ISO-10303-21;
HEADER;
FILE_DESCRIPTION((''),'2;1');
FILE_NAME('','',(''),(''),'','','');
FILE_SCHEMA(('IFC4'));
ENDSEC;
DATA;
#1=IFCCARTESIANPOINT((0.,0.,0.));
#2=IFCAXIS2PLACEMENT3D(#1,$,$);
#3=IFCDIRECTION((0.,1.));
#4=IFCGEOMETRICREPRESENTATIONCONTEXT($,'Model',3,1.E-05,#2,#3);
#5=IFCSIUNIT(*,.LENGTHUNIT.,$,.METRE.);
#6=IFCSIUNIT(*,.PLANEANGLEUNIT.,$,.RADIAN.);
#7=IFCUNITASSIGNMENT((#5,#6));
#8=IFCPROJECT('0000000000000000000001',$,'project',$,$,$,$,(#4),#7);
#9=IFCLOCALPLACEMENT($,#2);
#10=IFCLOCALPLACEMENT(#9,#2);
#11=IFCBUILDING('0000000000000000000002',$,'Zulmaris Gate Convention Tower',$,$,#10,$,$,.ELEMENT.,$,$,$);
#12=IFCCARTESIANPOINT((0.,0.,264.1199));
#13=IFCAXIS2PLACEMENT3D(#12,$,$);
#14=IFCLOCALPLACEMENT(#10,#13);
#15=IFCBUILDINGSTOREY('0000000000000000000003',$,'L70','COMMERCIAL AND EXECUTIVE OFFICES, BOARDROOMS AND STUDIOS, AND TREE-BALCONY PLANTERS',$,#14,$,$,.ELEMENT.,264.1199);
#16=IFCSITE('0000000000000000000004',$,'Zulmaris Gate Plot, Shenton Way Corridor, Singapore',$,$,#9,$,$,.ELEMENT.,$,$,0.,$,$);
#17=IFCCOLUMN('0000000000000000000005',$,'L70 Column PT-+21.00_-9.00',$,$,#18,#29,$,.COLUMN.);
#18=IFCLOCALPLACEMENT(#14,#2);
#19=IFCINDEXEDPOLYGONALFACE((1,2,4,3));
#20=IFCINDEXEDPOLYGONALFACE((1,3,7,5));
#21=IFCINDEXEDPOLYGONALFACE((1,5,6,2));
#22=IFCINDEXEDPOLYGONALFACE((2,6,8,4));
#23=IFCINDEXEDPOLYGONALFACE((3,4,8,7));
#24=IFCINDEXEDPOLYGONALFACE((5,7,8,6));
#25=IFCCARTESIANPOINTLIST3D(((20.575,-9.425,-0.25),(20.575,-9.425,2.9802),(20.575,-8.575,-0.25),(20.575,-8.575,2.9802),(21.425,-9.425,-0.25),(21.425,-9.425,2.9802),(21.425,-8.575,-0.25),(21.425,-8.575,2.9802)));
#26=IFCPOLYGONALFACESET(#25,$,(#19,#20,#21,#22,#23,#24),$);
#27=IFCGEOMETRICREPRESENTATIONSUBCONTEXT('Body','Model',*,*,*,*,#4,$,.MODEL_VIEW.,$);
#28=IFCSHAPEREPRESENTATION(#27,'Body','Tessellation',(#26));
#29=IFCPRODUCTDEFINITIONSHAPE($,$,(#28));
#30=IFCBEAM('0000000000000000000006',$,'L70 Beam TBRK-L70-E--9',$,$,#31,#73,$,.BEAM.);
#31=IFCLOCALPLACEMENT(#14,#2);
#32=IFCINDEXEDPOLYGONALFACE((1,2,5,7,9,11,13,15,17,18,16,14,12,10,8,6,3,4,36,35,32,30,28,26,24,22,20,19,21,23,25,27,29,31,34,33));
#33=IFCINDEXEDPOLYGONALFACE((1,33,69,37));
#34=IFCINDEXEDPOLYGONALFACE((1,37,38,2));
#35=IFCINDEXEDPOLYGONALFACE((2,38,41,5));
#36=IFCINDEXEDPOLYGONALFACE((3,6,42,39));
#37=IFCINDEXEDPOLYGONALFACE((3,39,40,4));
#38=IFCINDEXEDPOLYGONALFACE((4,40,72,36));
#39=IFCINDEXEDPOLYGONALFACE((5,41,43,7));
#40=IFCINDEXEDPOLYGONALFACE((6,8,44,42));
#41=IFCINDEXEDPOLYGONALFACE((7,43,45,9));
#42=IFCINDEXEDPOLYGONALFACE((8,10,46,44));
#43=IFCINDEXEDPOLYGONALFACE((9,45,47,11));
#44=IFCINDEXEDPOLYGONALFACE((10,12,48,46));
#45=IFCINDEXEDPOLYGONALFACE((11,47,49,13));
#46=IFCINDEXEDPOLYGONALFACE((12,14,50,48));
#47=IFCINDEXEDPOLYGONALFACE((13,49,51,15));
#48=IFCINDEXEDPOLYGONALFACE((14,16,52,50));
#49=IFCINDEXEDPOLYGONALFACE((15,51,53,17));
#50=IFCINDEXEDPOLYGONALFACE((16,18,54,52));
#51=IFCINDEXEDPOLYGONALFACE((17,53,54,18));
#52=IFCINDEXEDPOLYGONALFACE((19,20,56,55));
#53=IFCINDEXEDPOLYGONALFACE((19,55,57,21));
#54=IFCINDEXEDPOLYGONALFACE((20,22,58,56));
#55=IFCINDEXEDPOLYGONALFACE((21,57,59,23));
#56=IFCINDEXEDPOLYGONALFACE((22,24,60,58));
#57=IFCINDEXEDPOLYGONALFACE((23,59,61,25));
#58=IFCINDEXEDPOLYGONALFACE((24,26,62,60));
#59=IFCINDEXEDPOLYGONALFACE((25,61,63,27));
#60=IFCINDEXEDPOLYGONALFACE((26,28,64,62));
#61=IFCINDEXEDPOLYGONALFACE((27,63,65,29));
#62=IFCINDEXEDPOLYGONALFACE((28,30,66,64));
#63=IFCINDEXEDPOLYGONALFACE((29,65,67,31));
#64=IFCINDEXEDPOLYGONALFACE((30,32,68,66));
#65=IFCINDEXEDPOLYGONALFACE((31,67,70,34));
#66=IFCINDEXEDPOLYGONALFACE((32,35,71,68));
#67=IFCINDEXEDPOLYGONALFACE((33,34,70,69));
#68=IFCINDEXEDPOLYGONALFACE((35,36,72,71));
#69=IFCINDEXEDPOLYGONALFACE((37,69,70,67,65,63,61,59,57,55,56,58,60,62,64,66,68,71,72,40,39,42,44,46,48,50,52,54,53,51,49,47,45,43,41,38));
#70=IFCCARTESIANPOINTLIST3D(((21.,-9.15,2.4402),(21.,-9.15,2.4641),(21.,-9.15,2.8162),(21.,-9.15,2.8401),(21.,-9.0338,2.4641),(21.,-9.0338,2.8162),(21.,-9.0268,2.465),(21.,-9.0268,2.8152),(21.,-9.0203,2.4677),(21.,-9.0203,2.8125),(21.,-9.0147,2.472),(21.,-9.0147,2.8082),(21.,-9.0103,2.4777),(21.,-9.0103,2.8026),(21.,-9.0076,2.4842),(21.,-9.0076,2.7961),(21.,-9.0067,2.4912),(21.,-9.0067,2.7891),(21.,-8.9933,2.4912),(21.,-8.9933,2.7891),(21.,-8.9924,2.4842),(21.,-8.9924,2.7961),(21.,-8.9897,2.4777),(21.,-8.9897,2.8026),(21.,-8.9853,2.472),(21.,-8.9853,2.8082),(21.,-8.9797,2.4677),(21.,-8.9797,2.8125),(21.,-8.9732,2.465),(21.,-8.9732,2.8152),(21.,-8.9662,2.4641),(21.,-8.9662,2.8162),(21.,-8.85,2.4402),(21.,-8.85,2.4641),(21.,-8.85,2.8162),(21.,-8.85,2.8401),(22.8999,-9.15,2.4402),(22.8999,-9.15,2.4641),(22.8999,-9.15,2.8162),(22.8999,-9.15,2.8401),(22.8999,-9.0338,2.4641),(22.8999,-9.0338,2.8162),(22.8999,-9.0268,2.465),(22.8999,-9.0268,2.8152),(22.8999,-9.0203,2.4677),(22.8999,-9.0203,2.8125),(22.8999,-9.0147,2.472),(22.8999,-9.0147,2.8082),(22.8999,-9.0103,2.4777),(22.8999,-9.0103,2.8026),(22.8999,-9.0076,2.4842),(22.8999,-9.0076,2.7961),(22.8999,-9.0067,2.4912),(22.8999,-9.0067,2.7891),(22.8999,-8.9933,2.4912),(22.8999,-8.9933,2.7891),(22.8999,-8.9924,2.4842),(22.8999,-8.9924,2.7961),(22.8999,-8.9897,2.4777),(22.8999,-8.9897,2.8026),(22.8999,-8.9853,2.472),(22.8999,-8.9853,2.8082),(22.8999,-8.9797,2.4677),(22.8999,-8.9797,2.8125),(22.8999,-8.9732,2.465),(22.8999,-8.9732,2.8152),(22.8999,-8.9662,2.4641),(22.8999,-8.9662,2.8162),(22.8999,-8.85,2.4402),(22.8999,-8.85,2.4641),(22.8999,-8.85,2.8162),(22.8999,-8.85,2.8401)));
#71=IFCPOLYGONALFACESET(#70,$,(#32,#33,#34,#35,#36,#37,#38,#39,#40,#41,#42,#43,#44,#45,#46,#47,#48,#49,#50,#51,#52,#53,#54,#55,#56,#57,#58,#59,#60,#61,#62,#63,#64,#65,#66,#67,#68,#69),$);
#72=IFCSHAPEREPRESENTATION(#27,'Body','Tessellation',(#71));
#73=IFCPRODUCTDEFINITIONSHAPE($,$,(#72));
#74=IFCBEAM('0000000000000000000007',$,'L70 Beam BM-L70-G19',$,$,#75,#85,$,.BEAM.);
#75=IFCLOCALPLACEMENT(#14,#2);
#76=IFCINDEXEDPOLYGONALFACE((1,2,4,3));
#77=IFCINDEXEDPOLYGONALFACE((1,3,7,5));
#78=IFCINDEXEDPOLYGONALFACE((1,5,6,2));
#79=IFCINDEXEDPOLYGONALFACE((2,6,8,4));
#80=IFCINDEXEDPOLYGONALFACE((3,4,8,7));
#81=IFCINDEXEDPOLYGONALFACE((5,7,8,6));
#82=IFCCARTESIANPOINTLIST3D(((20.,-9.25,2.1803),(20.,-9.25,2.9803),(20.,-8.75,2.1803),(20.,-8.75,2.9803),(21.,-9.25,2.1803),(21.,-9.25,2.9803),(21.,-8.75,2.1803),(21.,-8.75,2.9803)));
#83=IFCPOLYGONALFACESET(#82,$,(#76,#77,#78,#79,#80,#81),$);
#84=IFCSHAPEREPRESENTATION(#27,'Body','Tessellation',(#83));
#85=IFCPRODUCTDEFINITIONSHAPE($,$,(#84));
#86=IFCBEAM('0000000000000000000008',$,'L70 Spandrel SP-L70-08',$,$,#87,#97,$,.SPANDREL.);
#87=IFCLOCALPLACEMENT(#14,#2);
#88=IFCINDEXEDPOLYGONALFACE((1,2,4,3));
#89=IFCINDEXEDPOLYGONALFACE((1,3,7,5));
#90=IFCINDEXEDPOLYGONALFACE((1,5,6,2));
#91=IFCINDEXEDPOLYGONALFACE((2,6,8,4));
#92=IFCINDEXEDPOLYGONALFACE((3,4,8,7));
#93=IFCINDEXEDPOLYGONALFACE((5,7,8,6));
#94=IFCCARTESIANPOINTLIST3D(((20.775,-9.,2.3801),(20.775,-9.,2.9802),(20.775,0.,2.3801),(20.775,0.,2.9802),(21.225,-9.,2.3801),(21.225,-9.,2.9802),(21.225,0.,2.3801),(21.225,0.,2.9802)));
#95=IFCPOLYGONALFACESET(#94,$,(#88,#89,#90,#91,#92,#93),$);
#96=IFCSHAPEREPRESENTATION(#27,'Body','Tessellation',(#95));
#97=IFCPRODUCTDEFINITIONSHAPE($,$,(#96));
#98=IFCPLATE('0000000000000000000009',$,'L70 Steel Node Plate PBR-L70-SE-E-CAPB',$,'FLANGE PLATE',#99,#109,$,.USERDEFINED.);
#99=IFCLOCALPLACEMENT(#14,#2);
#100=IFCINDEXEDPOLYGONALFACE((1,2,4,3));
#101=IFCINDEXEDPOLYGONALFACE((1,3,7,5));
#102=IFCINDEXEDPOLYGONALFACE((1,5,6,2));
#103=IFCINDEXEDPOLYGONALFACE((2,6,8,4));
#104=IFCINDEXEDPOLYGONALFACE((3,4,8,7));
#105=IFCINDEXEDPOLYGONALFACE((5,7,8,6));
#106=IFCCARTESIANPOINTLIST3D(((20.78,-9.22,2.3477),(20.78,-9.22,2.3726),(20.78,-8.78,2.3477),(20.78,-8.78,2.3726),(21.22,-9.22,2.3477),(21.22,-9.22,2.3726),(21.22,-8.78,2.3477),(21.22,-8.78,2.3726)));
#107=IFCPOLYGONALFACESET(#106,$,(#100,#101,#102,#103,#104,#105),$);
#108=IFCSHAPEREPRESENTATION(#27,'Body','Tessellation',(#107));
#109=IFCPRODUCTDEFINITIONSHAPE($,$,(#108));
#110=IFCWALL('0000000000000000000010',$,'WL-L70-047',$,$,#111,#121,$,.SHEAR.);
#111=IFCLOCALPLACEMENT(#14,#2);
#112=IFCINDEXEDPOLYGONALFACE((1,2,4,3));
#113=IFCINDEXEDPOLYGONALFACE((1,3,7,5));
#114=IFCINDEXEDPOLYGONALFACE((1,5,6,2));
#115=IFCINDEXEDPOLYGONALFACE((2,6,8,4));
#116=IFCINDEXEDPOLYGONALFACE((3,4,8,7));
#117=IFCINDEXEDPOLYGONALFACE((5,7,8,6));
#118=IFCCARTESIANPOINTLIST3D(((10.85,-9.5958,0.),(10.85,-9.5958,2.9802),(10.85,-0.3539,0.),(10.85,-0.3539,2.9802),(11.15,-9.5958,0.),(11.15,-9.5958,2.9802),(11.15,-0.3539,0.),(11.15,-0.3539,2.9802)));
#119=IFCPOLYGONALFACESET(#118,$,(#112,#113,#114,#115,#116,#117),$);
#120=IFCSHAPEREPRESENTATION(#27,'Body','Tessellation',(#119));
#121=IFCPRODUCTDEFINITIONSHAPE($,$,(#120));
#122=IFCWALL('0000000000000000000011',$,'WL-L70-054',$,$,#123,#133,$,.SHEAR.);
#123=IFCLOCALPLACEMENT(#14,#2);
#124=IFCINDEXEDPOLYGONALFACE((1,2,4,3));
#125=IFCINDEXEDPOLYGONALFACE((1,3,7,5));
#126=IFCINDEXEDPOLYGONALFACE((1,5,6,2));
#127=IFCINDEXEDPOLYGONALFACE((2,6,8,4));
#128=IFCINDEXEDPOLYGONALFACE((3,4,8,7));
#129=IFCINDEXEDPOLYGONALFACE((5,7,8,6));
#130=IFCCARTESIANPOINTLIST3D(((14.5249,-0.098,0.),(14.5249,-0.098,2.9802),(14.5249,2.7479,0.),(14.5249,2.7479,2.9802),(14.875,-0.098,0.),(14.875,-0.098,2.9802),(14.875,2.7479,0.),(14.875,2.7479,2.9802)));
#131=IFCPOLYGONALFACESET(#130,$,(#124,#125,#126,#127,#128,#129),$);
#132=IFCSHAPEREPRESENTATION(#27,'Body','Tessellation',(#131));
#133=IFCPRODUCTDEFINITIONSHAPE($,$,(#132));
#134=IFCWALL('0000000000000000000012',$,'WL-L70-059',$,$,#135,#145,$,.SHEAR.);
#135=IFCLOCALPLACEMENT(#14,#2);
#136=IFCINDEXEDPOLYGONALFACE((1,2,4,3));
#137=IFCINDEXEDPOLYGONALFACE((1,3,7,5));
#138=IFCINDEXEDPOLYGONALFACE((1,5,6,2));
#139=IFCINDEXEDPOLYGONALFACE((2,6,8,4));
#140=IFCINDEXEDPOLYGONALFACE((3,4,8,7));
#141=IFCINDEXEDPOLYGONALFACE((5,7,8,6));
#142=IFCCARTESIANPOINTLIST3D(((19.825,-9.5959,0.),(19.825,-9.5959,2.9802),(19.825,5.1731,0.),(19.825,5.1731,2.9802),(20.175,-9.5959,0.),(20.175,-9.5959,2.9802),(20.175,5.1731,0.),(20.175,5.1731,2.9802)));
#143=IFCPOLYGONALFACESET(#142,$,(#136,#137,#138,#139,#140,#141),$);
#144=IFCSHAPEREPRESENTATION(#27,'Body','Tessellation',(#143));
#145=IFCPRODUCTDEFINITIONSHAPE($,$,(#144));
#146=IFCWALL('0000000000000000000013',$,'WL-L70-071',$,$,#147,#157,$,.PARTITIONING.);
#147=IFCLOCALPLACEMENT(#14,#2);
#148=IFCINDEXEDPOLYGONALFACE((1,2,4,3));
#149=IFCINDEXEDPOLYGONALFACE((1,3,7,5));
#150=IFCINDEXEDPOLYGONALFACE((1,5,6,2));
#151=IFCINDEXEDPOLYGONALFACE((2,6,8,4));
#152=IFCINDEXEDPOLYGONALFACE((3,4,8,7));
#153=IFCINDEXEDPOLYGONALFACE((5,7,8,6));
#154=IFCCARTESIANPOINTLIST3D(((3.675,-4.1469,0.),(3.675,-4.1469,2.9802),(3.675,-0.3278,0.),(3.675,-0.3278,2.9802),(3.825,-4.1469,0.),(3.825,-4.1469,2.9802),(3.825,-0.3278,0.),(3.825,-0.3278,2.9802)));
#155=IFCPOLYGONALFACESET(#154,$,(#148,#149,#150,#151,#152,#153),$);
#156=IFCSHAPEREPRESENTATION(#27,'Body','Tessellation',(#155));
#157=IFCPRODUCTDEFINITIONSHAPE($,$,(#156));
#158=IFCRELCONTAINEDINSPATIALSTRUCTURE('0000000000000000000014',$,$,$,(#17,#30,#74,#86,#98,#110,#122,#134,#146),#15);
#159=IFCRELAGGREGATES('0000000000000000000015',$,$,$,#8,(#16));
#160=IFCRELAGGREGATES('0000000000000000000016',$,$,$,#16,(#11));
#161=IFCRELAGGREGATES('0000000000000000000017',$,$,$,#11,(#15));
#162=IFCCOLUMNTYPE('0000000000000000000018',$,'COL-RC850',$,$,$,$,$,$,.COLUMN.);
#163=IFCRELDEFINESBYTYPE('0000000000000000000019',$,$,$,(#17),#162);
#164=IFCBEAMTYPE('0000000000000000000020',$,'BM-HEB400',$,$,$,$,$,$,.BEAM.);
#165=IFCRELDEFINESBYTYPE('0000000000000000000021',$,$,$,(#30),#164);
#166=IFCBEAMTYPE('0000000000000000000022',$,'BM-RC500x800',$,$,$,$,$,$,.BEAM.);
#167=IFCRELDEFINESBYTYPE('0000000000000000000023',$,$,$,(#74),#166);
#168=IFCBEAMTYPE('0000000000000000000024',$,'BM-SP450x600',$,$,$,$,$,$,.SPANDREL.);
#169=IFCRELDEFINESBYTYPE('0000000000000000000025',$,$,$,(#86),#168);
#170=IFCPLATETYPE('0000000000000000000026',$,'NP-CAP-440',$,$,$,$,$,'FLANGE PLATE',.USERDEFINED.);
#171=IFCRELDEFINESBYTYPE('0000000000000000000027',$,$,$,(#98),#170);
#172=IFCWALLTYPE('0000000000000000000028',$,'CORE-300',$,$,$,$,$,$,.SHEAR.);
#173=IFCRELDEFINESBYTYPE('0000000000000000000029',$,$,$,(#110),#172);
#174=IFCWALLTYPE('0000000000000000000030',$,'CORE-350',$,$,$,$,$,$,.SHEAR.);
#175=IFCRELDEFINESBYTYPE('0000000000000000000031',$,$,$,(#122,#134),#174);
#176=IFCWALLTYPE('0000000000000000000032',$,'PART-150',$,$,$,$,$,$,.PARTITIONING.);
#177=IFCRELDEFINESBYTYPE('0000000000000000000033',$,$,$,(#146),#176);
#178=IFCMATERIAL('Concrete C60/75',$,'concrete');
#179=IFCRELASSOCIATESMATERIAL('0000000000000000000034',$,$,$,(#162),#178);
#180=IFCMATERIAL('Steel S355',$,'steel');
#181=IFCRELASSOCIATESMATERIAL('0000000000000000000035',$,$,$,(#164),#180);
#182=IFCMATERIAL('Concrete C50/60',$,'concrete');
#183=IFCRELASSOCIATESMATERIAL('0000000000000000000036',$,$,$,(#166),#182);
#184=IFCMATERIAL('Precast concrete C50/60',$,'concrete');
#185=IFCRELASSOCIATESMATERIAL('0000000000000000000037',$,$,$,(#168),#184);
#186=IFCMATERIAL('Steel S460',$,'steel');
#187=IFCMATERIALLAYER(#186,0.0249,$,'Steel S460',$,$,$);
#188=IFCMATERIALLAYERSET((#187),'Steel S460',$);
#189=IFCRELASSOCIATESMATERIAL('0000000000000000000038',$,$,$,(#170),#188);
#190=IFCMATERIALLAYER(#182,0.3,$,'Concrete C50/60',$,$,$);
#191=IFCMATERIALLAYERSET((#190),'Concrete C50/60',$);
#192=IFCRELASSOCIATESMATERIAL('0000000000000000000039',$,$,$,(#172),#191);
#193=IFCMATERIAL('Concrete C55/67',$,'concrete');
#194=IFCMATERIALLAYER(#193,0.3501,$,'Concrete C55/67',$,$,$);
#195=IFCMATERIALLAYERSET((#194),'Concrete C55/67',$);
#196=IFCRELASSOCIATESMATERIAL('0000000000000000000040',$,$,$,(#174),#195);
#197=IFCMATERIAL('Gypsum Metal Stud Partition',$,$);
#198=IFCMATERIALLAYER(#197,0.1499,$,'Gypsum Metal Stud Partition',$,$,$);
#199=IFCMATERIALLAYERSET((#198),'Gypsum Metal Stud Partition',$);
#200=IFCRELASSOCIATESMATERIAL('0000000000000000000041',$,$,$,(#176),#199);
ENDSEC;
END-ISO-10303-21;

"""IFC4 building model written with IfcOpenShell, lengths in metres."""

from ifc_helpers import new_model, si_unit, direction, frame, frame_2d, origin, origin_2d, place, context, subcontext, project, spatial, rectangle, i_section, extrude, material, layer, layer_set, material_profile, profile_set, type_object, element, save


model = new_model("IFC4")

# Units and contexts
model_context = context("Model", 3, precision=1e-05, world=origin(), true_north=direction((0.0, 1.0)))
body_context = subcontext(model_context, "Body", "Model", "MODEL_VIEW")
ifc_project = project(units=[si_unit("LENGTHUNIT", "METRE"), si_unit("PLANEANGLEUNIT", "RADIAN")], contexts=[model_context])

# Site, building, storey
site_placement = place(None, origin())
site = spatial("IfcSite", under=ifc_project, at=site_placement, Name="Zulmaris Gate Plot, Shenton Way Corridor, Singapore", CompositionType="ELEMENT", RefElevation=0.0)
building_placement = place(site_placement, origin())
building = spatial("IfcBuilding", under=site, at=building_placement, Name="Zulmaris Gate Convention Tower", CompositionType="ELEMENT")
storey_placement = place(building_placement, frame((0.0, 0.0, 264.1199)))
storey = spatial("IfcBuildingStorey", under=building, at=storey_placement, Name="L70", Description="COMMERCIAL AND EXECUTIVE OFFICES, BOARDROOMS AND STUDIOS, AND TREE-BALCONY PLANTERS", CompositionType="ELEMENT", Elevation=264.1199)

# Column
ifc_material_1 = material(Name="Concrete C60/75", Category="concrete")
ifc_material_profile_1 = material_profile(ifc_material_1, rectangle(XDim=0.8501, YDim=0.8501, at=origin_2d()), Name="RC COL 850x850")
ifc_profile_set_1 = profile_set([ifc_material_profile_1], Name="Concrete C60/75")
column_type = type_object("IfcColumnType", Name="COL-RC850", PredefinedType="COLUMN", material=ifc_profile_set_1)
column_placement = place(storey_placement, frame((21.0, -9.0, -0.25), z_axis=(0.0, 0.0, 1.0), x_axis=(1.0, 0.0, 0.0)))
element("IfcColumn", 1, at=column_placement, inside=storey, type_object=column_type, Name="L70 Column PT-+21.00_-9.00", PredefinedType="COLUMN", context=body_context, shape_type="SweptSolid", body=[
    extrude(rectangle(XDim=0.8501, YDim=0.8501, at=origin_2d()), origin(), (0.0, 0.0, 1.0), 3.2302),
])

# Beams
ifc_material_2 = material(Name="Steel S355", Category="steel")
ifc_material_profile_2 = material_profile(ifc_material_2, i_section(OverallWidth=0.3, OverallDepth=0.3999, WebThickness=0.0134, FlangeThickness=0.0239, FilletRadius=0.0271, at=origin_2d()), Name="HEB 400")
ifc_profile_set_2 = profile_set([ifc_material_profile_2], Name="Steel S355")
beam_type_1 = type_object("IfcBeamType", Name="BM-HEB400", PredefinedType="BEAM", material=ifc_profile_set_2)
beam_1_placement = place(storey_placement, frame((21.0, -9.0, 2.6401), z_axis=(1.0, 0.0, 0.0), x_axis=(0.0, 1.0, 0.0)))
element("IfcBeam", 2, at=beam_1_placement, inside=storey, type_object=beam_type_1, Name="L70 Beam TBRK-L70-E--9", PredefinedType="BEAM", context=body_context, shape_type="SweptSolid", body=[
    extrude(i_section(OverallWidth=0.3, OverallDepth=0.3999, WebThickness=0.0134, FlangeThickness=0.0239, FilletRadius=0.0271, at=origin_2d()), origin(), (0.0, 0.0, 1.0), 1.8999),
])
ifc_material_3 = material(Name="Concrete C50/60", Category="concrete")
ifc_material_profile_3 = material_profile(ifc_material_3, rectangle(XDim=0.5, YDim=0.8, at=origin_2d()), Name="RC BEAM 500x800")
ifc_profile_set_3 = profile_set([ifc_material_profile_3], Name="Concrete C50/60")
beam_type_2 = type_object("IfcBeamType", Name="BM-RC500x800", PredefinedType="BEAM", material=ifc_profile_set_3)
beam_2_placement = place(storey_placement, frame((20.0, -9.0, 2.5803), z_axis=(1.0, 0.0, 0.0), x_axis=(0.0, 1.0, 0.0)))
element("IfcBeam", 3, at=beam_2_placement, inside=storey, type_object=beam_type_2, Name="L70 Beam BM-L70-G19", PredefinedType="BEAM", context=body_context, shape_type="SweptSolid", body=[
    extrude(rectangle(XDim=0.5, YDim=0.8, at=origin_2d()), origin(), (0.0, 0.0, 1.0), 1.0),
])
ifc_material_4 = material(Name="Precast concrete C50/60", Category="concrete")
ifc_material_profile_4 = material_profile(ifc_material_4, rectangle(XDim=0.45, YDim=0.6001, at=origin_2d()), Name="RC SPANDREL 450x600")
ifc_profile_set_4 = profile_set([ifc_material_profile_4], Name="Precast concrete C50/60")
beam_type_3 = type_object("IfcBeamType", Name="BM-SP450x600", PredefinedType="SPANDREL", material=ifc_profile_set_4)
beam_3_placement = place(storey_placement, frame((21.0, -9.0, 2.6802), z_axis=(0.0, 1.0, 0.0), x_axis=(-1.0, 0.0, 0.0)))
element("IfcBeam", 4, at=beam_3_placement, inside=storey, type_object=beam_type_3, Name="L70 Spandrel SP-L70-08", PredefinedType="SPANDREL", context=body_context, shape_type="SweptSolid", body=[
    extrude(rectangle(XDim=0.45, YDim=0.6001, at=origin_2d()), origin(), (0.0, 0.0, 1.0), 9.0),
])

# Plate
ifc_material_5 = material(Name="Steel S460", Category="steel")
ifc_layer_1 = layer(ifc_material_5, 0.0249, Name="Steel S460")
ifc_layer_set_1 = layer_set([ifc_layer_1], Name="Steel S460")
plate_type = type_object("IfcPlateType", Name="NP-CAP-440", ElementType="FLANGE PLATE", PredefinedType="USERDEFINED", material=ifc_layer_set_1)
plate_placement = place(storey_placement, frame((21.0, -9.0, 2.3477), z_axis=(0.0, 0.0, 1.0), x_axis=(1.0, 0.0, 0.0)))
element("IfcPlate", 5, at=plate_placement, inside=storey, type_object=plate_type, Name="L70 Steel Node Plate PBR-L70-SE-E-CAPB", ObjectType="FLANGE PLATE", PredefinedType="USERDEFINED", context=body_context, shape_type="SweptSolid", body=[
    extrude(rectangle(XDim=0.4399, YDim=0.4399, at=origin_2d()), origin(), (0.0, 0.0, 1.0), 0.0249),
])

# Shared definitions
ifc_layer_2 = layer(ifc_material_3, 0.3, Name="Concrete C50/60")
ifc_layer_set_2 = layer_set([ifc_layer_2], Name="Concrete C50/60")
wall_type_1 = type_object("IfcWallType", Name="CORE-300", PredefinedType="SHEAR", material=ifc_layer_set_2)

# Walls
wall_1_placement = place(storey_placement, frame((11.0, -9.5959, 0.0), z_axis=(0.0, 0.0, 1.0), x_axis=(0.0, 1.0, 0.0)))
element("IfcWall", 6, at=wall_1_placement, inside=storey, type_object=wall_type_1, Name="WL-L70-047", PredefinedType="SHEAR", context=body_context, shape_type="SweptSolid", body=[
    extrude(rectangle(XDim=9.2419, YDim=0.3, at=frame_2d((4.6211, 0.0))), origin(), (0.0, 0.0, 1.0), 2.9802),
])
ifc_material_6 = material(Name="Concrete C55/67", Category="concrete")
ifc_layer_3 = layer(ifc_material_6, 0.3501, Name="Concrete C55/67")
ifc_layer_set_3 = layer_set([ifc_layer_3], Name="Concrete C55/67")
wall_type_2 = type_object("IfcWallType", Name="CORE-350", PredefinedType="SHEAR", material=ifc_layer_set_3)
wall_2_placement = place(storey_placement, frame((14.7, -0.0979, 0.0), z_axis=(0.0, 0.0, 1.0), x_axis=(0.0, 1.0, 0.0)))
element("IfcWall", 7, at=wall_2_placement, inside=storey, type_object=wall_type_2, Name="WL-L70-054", PredefinedType="SHEAR", context=body_context, shape_type="SweptSolid", body=[
    extrude(rectangle(XDim=2.8459, YDim=0.3501, at=frame_2d((1.4229, 0.0))), origin(), (0.0, 0.0, 1.0), 2.9802),
])
wall_3_placement = place(storey_placement, frame((20.0, -9.5959, 0.0), z_axis=(0.0, 0.0, 1.0), x_axis=(0.0, 1.0, 0.0)))
element("IfcWall", 8, at=wall_3_placement, inside=storey, type_object=wall_type_2, Name="WL-L70-059", PredefinedType="SHEAR", context=body_context, shape_type="SweptSolid", body=[
    extrude(rectangle(XDim=14.769, YDim=0.3501, at=frame_2d((7.3845, 0.0))), origin(), (0.0, 0.0, 1.0), 2.9802),
])
ifc_material_7 = material(Name="Gypsum Metal Stud Partition")
ifc_layer_4 = layer(ifc_material_7, 0.1499, Name="Gypsum Metal Stud Partition")
ifc_layer_set_4 = layer_set([ifc_layer_4], Name="Gypsum Metal Stud Partition")
wall_type_3 = type_object("IfcWallType", Name="PART-150", PredefinedType="PARTITIONING", material=ifc_layer_set_4)
wall_4_placement = place(storey_placement, frame((3.75, -4.147, 0.0), z_axis=(0.0, 0.0, 1.0), x_axis=(0.0, 1.0, 0.0)))
element("IfcWall", 9, at=wall_4_placement, inside=storey, type_object=wall_type_3, Name="WL-L70-071", PredefinedType="PARTITIONING", context=body_context, shape_type="SweptSolid", body=[
    extrude(rectangle(XDim=3.8191, YDim=0.1499, at=frame_2d((1.9097, 0.0))), origin(), (0.0, 0.0, 1.0), 2.9802),
])

save(model, "model.ifc")
